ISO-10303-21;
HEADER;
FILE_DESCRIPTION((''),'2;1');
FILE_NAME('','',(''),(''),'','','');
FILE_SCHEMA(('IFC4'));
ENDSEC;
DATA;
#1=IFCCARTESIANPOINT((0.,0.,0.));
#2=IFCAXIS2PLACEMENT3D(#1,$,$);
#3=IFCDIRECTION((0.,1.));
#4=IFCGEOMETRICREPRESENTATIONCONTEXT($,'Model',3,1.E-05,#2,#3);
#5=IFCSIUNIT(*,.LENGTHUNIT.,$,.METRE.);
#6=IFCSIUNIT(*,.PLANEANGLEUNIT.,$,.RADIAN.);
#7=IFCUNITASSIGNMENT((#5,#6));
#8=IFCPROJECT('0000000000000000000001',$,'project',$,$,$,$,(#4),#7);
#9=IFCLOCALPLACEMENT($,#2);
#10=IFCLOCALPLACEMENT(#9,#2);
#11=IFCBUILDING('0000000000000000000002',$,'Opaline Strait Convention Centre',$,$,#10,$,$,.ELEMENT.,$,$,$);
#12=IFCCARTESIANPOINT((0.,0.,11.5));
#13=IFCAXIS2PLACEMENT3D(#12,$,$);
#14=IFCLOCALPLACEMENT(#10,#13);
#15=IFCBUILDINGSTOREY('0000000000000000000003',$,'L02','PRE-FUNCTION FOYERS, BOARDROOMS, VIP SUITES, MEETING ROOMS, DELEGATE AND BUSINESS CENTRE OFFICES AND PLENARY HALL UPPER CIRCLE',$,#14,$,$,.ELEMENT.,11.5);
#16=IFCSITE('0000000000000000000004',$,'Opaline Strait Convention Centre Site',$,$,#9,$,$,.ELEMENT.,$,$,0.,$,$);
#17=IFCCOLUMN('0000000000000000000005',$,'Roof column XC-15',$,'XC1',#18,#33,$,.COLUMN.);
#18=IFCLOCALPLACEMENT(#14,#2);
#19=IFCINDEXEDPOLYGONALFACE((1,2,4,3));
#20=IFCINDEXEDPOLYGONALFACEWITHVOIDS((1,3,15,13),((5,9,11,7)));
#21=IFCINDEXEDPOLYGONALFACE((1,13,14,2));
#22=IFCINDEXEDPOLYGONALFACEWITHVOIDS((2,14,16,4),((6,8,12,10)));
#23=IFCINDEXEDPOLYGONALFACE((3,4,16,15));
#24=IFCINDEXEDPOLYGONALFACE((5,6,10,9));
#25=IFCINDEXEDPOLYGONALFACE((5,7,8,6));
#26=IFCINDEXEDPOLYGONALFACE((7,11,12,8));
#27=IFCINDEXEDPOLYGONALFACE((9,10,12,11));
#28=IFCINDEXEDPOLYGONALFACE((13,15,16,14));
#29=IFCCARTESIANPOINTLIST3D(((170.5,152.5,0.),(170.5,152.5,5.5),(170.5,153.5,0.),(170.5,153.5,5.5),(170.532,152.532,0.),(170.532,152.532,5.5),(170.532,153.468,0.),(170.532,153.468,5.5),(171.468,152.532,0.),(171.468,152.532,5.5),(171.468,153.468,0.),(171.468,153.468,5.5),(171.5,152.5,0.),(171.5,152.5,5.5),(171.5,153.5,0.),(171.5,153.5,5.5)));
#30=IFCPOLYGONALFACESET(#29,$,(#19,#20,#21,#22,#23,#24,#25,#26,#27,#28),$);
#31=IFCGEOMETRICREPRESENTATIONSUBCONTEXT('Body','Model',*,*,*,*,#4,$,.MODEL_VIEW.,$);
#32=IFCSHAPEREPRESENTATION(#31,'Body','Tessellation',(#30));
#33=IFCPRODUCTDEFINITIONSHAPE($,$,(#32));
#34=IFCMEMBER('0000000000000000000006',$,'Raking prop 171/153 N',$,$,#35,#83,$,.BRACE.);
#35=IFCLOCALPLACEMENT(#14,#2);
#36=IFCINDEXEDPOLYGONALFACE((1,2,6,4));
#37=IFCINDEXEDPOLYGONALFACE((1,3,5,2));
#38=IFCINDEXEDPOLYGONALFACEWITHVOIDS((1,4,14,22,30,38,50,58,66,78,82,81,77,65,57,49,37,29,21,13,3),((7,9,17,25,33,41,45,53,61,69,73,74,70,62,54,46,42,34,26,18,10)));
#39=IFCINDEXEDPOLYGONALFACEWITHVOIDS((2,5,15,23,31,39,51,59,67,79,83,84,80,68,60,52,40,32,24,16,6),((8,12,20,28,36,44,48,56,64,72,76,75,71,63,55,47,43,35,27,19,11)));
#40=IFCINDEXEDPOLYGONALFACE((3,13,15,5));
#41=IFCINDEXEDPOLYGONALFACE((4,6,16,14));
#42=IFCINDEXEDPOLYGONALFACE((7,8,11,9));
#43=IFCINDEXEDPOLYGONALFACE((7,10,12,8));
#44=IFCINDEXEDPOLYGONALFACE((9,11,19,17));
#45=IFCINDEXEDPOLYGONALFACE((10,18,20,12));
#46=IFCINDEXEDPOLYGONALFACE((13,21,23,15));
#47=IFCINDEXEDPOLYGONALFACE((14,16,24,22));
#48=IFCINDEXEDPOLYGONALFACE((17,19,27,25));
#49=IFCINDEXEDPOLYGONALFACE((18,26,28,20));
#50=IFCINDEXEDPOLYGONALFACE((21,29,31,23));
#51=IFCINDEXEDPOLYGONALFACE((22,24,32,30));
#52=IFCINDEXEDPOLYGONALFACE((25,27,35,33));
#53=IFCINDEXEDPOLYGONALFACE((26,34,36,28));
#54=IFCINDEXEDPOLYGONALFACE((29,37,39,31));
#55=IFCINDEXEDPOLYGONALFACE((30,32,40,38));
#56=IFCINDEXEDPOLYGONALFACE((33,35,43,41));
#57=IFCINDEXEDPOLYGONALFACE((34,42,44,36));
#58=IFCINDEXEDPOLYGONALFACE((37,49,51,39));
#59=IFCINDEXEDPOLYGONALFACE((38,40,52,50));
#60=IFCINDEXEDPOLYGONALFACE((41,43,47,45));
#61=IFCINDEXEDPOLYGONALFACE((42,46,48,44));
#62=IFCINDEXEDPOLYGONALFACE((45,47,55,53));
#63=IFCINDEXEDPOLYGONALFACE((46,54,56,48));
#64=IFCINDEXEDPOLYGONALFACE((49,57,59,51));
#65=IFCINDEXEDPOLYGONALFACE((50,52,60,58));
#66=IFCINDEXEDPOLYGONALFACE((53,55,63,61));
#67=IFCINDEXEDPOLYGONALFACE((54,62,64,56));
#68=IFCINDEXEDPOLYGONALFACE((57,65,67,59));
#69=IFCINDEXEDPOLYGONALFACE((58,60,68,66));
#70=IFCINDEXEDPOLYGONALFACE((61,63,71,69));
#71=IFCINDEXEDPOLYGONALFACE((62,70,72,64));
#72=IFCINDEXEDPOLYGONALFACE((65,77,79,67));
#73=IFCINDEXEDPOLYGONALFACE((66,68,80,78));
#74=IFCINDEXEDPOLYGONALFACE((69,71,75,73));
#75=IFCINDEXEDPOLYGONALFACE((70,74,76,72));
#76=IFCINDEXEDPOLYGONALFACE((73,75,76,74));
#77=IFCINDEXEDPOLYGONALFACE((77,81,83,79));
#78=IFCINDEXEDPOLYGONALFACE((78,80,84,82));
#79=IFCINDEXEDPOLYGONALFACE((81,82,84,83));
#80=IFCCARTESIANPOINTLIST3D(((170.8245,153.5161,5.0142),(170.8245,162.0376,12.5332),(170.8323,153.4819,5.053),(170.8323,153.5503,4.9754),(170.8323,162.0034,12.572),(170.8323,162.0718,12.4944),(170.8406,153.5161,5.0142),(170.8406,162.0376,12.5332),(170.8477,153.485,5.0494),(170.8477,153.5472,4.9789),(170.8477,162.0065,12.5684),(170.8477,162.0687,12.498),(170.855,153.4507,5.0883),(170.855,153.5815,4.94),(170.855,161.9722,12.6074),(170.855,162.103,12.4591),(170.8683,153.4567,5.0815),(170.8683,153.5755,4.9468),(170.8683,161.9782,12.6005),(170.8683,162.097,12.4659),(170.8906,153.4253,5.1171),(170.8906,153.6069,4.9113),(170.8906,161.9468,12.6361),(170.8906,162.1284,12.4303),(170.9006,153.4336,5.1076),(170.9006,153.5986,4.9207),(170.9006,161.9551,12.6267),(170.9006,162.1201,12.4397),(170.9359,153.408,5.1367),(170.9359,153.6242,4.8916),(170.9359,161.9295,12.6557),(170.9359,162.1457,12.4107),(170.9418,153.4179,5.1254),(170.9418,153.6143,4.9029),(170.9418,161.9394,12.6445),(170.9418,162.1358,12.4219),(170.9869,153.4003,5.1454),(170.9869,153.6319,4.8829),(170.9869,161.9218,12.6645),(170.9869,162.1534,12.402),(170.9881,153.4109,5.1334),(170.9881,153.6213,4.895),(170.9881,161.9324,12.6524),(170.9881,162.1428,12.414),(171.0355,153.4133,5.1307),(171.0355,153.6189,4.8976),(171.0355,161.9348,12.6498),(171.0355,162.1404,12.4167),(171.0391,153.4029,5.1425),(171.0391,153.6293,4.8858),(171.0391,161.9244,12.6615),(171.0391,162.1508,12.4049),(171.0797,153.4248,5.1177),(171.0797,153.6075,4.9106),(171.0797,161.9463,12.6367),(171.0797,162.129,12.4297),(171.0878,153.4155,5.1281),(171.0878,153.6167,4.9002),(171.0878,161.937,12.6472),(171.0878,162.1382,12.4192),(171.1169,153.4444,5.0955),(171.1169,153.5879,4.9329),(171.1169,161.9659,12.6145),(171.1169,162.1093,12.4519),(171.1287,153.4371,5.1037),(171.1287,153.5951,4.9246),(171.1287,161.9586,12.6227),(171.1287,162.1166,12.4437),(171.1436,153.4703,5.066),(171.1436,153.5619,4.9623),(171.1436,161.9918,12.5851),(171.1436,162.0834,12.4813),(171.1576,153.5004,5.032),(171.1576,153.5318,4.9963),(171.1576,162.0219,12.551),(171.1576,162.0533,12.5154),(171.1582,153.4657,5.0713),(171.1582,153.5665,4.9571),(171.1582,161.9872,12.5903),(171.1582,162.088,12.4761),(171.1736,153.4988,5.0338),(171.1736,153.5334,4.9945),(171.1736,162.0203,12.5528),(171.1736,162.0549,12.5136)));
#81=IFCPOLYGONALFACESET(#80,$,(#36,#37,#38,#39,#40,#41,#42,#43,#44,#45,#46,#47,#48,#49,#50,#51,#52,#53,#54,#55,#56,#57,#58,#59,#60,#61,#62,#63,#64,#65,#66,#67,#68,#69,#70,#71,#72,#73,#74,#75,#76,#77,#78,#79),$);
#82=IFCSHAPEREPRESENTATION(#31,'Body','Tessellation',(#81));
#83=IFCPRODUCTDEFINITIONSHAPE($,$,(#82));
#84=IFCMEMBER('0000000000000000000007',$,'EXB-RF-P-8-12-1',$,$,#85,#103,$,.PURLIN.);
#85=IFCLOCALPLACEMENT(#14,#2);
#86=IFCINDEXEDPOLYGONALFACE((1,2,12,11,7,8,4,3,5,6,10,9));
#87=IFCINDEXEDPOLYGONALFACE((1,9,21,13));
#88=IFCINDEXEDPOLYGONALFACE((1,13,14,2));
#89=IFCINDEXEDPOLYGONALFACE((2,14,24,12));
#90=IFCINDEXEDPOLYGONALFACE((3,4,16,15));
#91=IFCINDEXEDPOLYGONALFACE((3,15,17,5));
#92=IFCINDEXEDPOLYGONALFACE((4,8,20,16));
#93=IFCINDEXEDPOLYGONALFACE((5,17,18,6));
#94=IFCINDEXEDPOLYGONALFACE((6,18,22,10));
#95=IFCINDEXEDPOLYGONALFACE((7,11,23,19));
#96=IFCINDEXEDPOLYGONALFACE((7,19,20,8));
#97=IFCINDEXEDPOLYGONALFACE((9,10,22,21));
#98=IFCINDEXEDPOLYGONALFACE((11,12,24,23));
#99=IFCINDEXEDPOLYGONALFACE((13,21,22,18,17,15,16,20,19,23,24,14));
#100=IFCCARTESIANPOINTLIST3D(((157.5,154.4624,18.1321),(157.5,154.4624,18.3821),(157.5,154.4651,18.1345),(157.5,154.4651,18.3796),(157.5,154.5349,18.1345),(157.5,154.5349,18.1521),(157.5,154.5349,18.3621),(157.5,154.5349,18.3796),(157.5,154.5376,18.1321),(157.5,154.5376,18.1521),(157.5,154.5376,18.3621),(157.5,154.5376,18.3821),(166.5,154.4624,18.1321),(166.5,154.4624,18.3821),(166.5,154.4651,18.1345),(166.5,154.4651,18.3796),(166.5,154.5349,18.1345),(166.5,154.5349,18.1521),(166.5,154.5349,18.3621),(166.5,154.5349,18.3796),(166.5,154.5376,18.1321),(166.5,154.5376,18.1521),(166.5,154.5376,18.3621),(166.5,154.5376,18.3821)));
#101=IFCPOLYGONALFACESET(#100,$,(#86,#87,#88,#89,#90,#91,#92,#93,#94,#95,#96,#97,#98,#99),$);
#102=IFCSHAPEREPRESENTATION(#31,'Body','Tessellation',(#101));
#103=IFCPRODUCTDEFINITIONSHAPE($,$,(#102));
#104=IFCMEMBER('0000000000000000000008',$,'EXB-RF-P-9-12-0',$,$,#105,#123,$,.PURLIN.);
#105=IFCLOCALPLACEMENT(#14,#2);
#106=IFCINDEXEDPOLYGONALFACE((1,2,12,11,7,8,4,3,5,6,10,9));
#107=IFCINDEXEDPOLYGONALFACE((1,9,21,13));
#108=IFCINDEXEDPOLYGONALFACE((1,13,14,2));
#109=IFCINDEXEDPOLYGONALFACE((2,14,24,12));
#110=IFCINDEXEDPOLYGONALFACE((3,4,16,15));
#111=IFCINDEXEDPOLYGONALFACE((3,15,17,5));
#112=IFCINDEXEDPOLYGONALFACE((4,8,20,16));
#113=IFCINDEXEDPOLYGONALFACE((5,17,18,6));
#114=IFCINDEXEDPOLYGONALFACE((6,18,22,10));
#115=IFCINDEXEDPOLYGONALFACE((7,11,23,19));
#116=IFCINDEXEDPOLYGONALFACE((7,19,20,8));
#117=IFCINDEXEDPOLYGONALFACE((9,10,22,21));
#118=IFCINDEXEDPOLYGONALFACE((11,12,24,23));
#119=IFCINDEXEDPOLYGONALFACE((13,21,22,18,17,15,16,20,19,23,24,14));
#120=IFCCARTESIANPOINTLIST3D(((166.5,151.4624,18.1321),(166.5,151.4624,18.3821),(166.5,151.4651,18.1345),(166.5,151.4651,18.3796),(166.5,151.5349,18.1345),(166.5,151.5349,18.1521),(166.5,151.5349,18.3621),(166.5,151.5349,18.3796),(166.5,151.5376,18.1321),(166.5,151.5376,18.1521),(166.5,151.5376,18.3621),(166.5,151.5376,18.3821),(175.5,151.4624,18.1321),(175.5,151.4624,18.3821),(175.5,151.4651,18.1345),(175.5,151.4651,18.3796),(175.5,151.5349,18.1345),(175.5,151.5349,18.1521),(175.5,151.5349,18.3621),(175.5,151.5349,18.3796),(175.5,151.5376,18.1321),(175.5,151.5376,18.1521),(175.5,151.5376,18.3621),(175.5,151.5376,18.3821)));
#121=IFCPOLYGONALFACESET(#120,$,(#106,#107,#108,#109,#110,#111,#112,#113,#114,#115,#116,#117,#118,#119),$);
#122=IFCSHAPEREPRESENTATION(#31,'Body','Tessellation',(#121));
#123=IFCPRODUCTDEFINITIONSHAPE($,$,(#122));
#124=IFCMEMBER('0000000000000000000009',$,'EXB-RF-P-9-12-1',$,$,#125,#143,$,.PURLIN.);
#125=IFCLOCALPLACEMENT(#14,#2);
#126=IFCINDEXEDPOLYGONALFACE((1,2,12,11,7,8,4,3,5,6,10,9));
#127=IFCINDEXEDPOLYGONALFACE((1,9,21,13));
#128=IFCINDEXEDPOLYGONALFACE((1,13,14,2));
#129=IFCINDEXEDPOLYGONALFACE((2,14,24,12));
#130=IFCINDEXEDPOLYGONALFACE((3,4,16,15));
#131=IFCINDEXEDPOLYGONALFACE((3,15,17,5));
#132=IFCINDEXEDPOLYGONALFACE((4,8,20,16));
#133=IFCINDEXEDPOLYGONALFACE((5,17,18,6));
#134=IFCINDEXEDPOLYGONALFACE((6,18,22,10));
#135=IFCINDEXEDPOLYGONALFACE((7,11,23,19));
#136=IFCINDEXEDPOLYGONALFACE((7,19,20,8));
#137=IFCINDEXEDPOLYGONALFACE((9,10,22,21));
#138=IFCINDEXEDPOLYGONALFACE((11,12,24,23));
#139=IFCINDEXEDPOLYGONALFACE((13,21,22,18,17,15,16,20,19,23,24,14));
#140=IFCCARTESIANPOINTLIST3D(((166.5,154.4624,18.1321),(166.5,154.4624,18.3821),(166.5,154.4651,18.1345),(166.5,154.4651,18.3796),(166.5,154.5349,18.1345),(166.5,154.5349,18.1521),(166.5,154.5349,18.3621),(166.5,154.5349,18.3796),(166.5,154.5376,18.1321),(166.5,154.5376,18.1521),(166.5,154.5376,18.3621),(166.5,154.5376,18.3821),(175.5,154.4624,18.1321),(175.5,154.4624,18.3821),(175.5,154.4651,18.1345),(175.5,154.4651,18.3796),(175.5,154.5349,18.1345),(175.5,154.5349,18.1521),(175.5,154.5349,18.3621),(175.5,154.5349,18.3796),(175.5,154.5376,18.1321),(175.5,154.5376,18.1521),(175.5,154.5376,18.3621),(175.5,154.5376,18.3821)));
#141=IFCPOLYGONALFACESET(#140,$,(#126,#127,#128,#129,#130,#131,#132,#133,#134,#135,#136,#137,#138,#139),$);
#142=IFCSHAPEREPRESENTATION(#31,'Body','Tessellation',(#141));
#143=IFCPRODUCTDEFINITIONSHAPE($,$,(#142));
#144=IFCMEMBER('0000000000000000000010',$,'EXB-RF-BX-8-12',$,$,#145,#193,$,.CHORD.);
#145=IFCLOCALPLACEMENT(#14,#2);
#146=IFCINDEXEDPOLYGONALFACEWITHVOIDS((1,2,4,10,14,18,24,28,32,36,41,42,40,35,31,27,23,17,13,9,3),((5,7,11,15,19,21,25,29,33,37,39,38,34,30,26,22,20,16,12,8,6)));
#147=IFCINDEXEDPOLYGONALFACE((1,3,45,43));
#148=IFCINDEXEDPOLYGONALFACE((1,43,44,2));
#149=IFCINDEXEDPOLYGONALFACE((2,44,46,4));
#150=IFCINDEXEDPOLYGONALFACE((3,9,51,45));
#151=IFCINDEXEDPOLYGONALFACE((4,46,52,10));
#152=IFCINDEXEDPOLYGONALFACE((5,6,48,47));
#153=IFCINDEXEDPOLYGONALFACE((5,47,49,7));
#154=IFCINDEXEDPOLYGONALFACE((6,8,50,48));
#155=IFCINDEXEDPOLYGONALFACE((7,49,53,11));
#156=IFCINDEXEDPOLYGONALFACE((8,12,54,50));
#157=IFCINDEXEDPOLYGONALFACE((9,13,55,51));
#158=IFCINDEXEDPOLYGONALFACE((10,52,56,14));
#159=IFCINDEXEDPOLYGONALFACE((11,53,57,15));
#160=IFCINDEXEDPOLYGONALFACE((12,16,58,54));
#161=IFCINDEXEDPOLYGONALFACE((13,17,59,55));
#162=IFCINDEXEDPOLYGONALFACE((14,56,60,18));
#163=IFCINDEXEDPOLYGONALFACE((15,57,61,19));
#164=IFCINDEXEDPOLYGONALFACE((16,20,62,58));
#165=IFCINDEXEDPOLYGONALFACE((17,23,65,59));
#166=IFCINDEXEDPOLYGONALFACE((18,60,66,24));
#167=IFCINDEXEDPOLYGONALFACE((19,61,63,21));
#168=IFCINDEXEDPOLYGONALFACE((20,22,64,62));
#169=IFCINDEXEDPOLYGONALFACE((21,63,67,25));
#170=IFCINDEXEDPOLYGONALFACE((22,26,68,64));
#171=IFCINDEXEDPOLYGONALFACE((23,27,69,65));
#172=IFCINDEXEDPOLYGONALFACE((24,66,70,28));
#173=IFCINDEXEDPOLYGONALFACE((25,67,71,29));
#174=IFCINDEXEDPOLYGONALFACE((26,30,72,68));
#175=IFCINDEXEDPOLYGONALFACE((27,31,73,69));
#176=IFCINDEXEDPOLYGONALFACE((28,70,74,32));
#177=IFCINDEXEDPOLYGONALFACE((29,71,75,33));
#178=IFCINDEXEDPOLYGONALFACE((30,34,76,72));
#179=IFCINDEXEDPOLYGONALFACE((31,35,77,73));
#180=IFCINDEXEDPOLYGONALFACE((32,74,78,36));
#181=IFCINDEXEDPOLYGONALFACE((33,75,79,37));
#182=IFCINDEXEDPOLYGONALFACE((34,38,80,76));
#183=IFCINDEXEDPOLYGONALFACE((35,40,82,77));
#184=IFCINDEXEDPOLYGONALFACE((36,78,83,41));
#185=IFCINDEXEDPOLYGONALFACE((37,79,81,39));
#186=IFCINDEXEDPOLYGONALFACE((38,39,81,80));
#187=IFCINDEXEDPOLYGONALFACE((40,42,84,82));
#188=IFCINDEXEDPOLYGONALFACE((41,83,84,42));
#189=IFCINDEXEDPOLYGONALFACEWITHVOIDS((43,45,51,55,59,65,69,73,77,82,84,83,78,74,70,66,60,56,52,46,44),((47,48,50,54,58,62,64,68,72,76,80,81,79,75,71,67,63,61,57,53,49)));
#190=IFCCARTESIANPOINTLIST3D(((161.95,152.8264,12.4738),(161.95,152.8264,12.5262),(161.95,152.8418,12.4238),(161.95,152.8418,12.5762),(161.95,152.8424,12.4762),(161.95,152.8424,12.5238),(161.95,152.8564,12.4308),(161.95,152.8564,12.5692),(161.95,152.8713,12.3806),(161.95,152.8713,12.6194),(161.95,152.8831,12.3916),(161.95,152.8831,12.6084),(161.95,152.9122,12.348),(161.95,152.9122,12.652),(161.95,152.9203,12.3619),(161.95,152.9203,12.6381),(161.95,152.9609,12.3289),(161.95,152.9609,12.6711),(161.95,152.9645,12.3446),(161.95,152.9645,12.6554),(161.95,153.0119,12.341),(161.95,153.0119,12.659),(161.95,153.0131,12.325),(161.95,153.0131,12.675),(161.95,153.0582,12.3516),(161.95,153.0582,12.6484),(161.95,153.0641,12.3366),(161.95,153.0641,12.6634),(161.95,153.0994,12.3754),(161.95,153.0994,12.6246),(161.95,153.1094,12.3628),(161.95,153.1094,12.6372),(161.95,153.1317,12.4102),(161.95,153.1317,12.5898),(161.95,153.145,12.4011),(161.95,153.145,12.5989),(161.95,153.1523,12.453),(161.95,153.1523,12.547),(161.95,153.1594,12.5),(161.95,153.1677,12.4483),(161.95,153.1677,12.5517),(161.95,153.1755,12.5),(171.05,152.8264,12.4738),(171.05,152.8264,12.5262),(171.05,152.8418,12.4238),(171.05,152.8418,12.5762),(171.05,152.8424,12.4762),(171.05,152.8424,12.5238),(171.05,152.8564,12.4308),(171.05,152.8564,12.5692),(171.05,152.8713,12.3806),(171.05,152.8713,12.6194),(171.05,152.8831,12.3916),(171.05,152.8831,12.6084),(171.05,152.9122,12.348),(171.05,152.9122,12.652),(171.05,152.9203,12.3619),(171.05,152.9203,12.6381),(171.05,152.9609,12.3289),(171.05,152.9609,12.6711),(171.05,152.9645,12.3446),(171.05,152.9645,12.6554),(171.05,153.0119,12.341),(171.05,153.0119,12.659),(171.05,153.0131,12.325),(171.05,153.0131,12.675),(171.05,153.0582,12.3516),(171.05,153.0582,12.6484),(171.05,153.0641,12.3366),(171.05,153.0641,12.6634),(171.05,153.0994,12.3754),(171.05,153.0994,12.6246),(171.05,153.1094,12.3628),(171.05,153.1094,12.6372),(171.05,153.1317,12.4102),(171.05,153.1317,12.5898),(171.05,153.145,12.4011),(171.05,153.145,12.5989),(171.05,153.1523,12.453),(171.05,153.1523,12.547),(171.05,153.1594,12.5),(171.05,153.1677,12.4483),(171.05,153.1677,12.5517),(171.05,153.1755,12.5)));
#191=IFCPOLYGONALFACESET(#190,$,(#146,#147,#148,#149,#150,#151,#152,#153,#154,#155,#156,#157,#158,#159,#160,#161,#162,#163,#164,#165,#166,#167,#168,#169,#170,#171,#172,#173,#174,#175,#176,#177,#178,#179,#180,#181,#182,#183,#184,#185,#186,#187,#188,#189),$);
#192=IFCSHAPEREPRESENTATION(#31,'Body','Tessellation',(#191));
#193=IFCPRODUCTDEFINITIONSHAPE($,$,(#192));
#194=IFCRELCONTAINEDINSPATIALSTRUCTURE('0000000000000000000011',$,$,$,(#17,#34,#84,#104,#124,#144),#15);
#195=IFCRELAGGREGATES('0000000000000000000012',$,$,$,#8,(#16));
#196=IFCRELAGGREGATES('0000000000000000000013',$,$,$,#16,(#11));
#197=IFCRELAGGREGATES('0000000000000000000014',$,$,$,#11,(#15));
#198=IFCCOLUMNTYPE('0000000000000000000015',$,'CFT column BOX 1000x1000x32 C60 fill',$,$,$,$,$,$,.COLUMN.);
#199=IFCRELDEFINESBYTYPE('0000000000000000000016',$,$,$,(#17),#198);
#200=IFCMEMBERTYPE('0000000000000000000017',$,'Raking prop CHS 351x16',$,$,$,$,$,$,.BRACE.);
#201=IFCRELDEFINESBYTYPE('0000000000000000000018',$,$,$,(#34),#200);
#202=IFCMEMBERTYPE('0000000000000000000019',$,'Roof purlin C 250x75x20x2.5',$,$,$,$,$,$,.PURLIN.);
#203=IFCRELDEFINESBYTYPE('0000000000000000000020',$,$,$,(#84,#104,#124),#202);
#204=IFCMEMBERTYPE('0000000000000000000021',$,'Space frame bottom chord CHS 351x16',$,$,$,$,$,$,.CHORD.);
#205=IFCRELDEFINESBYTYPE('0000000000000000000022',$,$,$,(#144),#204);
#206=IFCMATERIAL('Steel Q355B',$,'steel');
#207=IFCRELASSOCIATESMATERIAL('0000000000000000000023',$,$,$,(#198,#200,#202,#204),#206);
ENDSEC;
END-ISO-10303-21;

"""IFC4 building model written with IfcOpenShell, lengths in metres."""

from ifc_helpers import new_model, si_unit, direction, frame, origin, origin_2d, place, context, subcontext, project, spatial, polyline, hollow_rectangle, hollow_circle, outline, extrude, material, material_profile, profile_set, type_object, element, save


model = new_model("IFC4")

# Units and contexts
model_context = context("Model", 3, precision=1e-05, world=origin(), true_north=direction((0.0, 1.0)))
body_context = subcontext(model_context, "Body", "Model", "MODEL_VIEW")
ifc_project = project(units=[si_unit("LENGTHUNIT", "METRE"), si_unit("PLANEANGLEUNIT", "RADIAN")], contexts=[model_context])

# Site, building, storey
site_placement = place(None, origin())
site = spatial("IfcSite", under=ifc_project, at=site_placement, Name="Opaline Strait Convention Centre Site", CompositionType="ELEMENT", RefElevation=0.0)
building_placement = place(site_placement, origin())
building = spatial("IfcBuilding", under=site, at=building_placement, Name="Opaline Strait Convention Centre", CompositionType="ELEMENT")
storey_placement = place(building_placement, frame((0.0, 0.0, 11.5)))
storey = spatial("IfcBuildingStorey", under=building, at=storey_placement, Name="L02", Description="PRE-FUNCTION FOYERS, BOARDROOMS, VIP SUITES, MEETING ROOMS, DELEGATE AND BUSINESS CENTRE OFFICES AND PLENARY HALL UPPER CIRCLE", CompositionType="ELEMENT", Elevation=11.5)

# Column
ifc_material_1 = material(Name="Steel Q355B", Category="steel")
ifc_material_profile_1 = material_profile(ifc_material_1, hollow_rectangle(XDim=1.0, YDim=1.0, WallThickness=0.032, at=origin_2d()), Name="BOX 1000x1000x32")
ifc_profile_set_1 = profile_set([ifc_material_profile_1], Name="Steel Q355B")
column_type = type_object("IfcColumnType", Name="CFT column BOX 1000x1000x32 C60 fill", PredefinedType="COLUMN", material=ifc_profile_set_1)
column_placement = place(storey_placement, frame((171.0, 153.0, 0.0), z_axis=(0.0, 0.0, 1.0), x_axis=(1.0, 0.0, 0.0)))
element("IfcColumn", 1, at=column_placement, inside=storey, type_object=column_type, Name="Roof column XC-15", ObjectType="XC1", PredefinedType="COLUMN", context=body_context, shape_type="SweptSolid", body=[
    extrude(hollow_rectangle(XDim=1.0, YDim=1.0, WallThickness=0.032, at=origin_2d()), origin(), (0.0, 0.0, 1.0), 5.5),
])

# Members
ifc_material_profile_2 = material_profile(ifc_material_1, hollow_circle(Radius=0.1755, WallThickness=0.0161, at=origin_2d()), Name="CHS 351x16")
ifc_profile_set_2 = profile_set([ifc_material_profile_2], Name="Steel Q355B")
member_type_1 = type_object("IfcMemberType", Name="Raking prop CHS 351x16", PredefinedType="BRACE", material=ifc_profile_set_2)
member_placement = place(storey_placement, frame((171.0, 153.5161, 5.0142), z_axis=(0.0, 0.749834, 0.661626), x_axis=(-1.0, 0.0, 0.0)))
element("IfcMember", 2, at=member_placement, inside=storey, type_object=member_type_1, Name="Raking prop 171/153 N", PredefinedType="BRACE", context=body_context, shape_type="SweptSolid", body=[
    extrude(hollow_circle(Radius=0.1755, WallThickness=0.0161, at=origin_2d()), origin(), (0.0, 0.0, 1.0), 11.3645),
])
ifc_material_profile_3 = material_profile(ifc_material_1, outline(polyline([(-0.0376, -0.125), (0.0376, -0.125), (0.0376, -0.105), (0.0349, -0.105), (0.0349, -0.1226), (-0.0349, -0.1226), (-0.0349, 0.1226), (0.0349, 0.1226), (0.0349, 0.105), (0.0376, 0.105), (0.0376, 0.125), (-0.0376, 0.125), (-0.0376, -0.125)])), Name="C 250x75x20x2.5")
ifc_profile_set_3 = profile_set([ifc_material_profile_3], Name="Steel Q355B")
member_type_2 = type_object("IfcMemberType", Name="Roof purlin C 250x75x20x2.5", PredefinedType="PURLIN", material=ifc_profile_set_3)
for number, where, z_axis, x_axis, name in (
    (3, (157.5, 154.5, 18.2571), (1.0, 0.0, 0.0), (0.0, 1.0, 0.0), "EXB-RF-P-8-12-1"),
    (4, (166.5, 151.5, 18.2571), (1.0, 0.0, 0.0), (0.0, 1.0, 0.0), "EXB-RF-P-9-12-0"),
    (5, (166.5, 154.5, 18.2571), (1.0, 0.0, 0.0), (0.0, 1.0, 0.0), "EXB-RF-P-9-12-1"),
):
    element("IfcMember", number, at=place(storey_placement, frame(where, z_axis=z_axis, x_axis=x_axis)), inside=storey, type_object=member_type_2, Name=name, PredefinedType="PURLIN", context=body_context, shape_type="SweptSolid", body=[
        extrude(outline(polyline([(-0.0376, -0.125), (0.0376, -0.125), (0.0376, -0.105), (0.0349, -0.105), (0.0349, -0.1226), (-0.0349, -0.1226), (-0.0349, 0.1226), (0.0349, 0.1226), (0.0349, 0.105), (0.0376, 0.105), (0.0376, 0.125), (-0.0376, 0.125), (-0.0376, -0.125)])), origin(), (0.0, 0.0, 1.0), 9.0),
    ])
ifc_material_profile_4 = material_profile(ifc_material_1, hollow_circle(Radius=0.1755, WallThickness=0.0161, at=origin_2d()), Name="CHS 351x16")
ifc_profile_set_4 = profile_set([ifc_material_profile_4], Name="Steel Q355B")
member_type_3 = type_object("IfcMemberType", Name="Space frame bottom chord CHS 351x16", PredefinedType="CHORD", material=ifc_profile_set_4)
for number, where, z_axis, x_axis, name in (
    (6, (161.95, 153.0, 12.5), (1.0, 0.0, 0.0), (0.0, 1.0, 0.0), "EXB-RF-BX-8-12"),
):
    element("IfcMember", number, at=place(storey_placement, frame(where, z_axis=z_axis, x_axis=x_axis)), inside=storey, type_object=member_type_3, Name=name, PredefinedType="CHORD", context=body_context, shape_type="SweptSolid", body=[
        extrude(hollow_circle(Radius=0.1755, WallThickness=0.0161, at=origin_2d()), origin(), (0.0, 0.0, 1.0), 9.1001),
    ])

save(model, "model.ifc")
